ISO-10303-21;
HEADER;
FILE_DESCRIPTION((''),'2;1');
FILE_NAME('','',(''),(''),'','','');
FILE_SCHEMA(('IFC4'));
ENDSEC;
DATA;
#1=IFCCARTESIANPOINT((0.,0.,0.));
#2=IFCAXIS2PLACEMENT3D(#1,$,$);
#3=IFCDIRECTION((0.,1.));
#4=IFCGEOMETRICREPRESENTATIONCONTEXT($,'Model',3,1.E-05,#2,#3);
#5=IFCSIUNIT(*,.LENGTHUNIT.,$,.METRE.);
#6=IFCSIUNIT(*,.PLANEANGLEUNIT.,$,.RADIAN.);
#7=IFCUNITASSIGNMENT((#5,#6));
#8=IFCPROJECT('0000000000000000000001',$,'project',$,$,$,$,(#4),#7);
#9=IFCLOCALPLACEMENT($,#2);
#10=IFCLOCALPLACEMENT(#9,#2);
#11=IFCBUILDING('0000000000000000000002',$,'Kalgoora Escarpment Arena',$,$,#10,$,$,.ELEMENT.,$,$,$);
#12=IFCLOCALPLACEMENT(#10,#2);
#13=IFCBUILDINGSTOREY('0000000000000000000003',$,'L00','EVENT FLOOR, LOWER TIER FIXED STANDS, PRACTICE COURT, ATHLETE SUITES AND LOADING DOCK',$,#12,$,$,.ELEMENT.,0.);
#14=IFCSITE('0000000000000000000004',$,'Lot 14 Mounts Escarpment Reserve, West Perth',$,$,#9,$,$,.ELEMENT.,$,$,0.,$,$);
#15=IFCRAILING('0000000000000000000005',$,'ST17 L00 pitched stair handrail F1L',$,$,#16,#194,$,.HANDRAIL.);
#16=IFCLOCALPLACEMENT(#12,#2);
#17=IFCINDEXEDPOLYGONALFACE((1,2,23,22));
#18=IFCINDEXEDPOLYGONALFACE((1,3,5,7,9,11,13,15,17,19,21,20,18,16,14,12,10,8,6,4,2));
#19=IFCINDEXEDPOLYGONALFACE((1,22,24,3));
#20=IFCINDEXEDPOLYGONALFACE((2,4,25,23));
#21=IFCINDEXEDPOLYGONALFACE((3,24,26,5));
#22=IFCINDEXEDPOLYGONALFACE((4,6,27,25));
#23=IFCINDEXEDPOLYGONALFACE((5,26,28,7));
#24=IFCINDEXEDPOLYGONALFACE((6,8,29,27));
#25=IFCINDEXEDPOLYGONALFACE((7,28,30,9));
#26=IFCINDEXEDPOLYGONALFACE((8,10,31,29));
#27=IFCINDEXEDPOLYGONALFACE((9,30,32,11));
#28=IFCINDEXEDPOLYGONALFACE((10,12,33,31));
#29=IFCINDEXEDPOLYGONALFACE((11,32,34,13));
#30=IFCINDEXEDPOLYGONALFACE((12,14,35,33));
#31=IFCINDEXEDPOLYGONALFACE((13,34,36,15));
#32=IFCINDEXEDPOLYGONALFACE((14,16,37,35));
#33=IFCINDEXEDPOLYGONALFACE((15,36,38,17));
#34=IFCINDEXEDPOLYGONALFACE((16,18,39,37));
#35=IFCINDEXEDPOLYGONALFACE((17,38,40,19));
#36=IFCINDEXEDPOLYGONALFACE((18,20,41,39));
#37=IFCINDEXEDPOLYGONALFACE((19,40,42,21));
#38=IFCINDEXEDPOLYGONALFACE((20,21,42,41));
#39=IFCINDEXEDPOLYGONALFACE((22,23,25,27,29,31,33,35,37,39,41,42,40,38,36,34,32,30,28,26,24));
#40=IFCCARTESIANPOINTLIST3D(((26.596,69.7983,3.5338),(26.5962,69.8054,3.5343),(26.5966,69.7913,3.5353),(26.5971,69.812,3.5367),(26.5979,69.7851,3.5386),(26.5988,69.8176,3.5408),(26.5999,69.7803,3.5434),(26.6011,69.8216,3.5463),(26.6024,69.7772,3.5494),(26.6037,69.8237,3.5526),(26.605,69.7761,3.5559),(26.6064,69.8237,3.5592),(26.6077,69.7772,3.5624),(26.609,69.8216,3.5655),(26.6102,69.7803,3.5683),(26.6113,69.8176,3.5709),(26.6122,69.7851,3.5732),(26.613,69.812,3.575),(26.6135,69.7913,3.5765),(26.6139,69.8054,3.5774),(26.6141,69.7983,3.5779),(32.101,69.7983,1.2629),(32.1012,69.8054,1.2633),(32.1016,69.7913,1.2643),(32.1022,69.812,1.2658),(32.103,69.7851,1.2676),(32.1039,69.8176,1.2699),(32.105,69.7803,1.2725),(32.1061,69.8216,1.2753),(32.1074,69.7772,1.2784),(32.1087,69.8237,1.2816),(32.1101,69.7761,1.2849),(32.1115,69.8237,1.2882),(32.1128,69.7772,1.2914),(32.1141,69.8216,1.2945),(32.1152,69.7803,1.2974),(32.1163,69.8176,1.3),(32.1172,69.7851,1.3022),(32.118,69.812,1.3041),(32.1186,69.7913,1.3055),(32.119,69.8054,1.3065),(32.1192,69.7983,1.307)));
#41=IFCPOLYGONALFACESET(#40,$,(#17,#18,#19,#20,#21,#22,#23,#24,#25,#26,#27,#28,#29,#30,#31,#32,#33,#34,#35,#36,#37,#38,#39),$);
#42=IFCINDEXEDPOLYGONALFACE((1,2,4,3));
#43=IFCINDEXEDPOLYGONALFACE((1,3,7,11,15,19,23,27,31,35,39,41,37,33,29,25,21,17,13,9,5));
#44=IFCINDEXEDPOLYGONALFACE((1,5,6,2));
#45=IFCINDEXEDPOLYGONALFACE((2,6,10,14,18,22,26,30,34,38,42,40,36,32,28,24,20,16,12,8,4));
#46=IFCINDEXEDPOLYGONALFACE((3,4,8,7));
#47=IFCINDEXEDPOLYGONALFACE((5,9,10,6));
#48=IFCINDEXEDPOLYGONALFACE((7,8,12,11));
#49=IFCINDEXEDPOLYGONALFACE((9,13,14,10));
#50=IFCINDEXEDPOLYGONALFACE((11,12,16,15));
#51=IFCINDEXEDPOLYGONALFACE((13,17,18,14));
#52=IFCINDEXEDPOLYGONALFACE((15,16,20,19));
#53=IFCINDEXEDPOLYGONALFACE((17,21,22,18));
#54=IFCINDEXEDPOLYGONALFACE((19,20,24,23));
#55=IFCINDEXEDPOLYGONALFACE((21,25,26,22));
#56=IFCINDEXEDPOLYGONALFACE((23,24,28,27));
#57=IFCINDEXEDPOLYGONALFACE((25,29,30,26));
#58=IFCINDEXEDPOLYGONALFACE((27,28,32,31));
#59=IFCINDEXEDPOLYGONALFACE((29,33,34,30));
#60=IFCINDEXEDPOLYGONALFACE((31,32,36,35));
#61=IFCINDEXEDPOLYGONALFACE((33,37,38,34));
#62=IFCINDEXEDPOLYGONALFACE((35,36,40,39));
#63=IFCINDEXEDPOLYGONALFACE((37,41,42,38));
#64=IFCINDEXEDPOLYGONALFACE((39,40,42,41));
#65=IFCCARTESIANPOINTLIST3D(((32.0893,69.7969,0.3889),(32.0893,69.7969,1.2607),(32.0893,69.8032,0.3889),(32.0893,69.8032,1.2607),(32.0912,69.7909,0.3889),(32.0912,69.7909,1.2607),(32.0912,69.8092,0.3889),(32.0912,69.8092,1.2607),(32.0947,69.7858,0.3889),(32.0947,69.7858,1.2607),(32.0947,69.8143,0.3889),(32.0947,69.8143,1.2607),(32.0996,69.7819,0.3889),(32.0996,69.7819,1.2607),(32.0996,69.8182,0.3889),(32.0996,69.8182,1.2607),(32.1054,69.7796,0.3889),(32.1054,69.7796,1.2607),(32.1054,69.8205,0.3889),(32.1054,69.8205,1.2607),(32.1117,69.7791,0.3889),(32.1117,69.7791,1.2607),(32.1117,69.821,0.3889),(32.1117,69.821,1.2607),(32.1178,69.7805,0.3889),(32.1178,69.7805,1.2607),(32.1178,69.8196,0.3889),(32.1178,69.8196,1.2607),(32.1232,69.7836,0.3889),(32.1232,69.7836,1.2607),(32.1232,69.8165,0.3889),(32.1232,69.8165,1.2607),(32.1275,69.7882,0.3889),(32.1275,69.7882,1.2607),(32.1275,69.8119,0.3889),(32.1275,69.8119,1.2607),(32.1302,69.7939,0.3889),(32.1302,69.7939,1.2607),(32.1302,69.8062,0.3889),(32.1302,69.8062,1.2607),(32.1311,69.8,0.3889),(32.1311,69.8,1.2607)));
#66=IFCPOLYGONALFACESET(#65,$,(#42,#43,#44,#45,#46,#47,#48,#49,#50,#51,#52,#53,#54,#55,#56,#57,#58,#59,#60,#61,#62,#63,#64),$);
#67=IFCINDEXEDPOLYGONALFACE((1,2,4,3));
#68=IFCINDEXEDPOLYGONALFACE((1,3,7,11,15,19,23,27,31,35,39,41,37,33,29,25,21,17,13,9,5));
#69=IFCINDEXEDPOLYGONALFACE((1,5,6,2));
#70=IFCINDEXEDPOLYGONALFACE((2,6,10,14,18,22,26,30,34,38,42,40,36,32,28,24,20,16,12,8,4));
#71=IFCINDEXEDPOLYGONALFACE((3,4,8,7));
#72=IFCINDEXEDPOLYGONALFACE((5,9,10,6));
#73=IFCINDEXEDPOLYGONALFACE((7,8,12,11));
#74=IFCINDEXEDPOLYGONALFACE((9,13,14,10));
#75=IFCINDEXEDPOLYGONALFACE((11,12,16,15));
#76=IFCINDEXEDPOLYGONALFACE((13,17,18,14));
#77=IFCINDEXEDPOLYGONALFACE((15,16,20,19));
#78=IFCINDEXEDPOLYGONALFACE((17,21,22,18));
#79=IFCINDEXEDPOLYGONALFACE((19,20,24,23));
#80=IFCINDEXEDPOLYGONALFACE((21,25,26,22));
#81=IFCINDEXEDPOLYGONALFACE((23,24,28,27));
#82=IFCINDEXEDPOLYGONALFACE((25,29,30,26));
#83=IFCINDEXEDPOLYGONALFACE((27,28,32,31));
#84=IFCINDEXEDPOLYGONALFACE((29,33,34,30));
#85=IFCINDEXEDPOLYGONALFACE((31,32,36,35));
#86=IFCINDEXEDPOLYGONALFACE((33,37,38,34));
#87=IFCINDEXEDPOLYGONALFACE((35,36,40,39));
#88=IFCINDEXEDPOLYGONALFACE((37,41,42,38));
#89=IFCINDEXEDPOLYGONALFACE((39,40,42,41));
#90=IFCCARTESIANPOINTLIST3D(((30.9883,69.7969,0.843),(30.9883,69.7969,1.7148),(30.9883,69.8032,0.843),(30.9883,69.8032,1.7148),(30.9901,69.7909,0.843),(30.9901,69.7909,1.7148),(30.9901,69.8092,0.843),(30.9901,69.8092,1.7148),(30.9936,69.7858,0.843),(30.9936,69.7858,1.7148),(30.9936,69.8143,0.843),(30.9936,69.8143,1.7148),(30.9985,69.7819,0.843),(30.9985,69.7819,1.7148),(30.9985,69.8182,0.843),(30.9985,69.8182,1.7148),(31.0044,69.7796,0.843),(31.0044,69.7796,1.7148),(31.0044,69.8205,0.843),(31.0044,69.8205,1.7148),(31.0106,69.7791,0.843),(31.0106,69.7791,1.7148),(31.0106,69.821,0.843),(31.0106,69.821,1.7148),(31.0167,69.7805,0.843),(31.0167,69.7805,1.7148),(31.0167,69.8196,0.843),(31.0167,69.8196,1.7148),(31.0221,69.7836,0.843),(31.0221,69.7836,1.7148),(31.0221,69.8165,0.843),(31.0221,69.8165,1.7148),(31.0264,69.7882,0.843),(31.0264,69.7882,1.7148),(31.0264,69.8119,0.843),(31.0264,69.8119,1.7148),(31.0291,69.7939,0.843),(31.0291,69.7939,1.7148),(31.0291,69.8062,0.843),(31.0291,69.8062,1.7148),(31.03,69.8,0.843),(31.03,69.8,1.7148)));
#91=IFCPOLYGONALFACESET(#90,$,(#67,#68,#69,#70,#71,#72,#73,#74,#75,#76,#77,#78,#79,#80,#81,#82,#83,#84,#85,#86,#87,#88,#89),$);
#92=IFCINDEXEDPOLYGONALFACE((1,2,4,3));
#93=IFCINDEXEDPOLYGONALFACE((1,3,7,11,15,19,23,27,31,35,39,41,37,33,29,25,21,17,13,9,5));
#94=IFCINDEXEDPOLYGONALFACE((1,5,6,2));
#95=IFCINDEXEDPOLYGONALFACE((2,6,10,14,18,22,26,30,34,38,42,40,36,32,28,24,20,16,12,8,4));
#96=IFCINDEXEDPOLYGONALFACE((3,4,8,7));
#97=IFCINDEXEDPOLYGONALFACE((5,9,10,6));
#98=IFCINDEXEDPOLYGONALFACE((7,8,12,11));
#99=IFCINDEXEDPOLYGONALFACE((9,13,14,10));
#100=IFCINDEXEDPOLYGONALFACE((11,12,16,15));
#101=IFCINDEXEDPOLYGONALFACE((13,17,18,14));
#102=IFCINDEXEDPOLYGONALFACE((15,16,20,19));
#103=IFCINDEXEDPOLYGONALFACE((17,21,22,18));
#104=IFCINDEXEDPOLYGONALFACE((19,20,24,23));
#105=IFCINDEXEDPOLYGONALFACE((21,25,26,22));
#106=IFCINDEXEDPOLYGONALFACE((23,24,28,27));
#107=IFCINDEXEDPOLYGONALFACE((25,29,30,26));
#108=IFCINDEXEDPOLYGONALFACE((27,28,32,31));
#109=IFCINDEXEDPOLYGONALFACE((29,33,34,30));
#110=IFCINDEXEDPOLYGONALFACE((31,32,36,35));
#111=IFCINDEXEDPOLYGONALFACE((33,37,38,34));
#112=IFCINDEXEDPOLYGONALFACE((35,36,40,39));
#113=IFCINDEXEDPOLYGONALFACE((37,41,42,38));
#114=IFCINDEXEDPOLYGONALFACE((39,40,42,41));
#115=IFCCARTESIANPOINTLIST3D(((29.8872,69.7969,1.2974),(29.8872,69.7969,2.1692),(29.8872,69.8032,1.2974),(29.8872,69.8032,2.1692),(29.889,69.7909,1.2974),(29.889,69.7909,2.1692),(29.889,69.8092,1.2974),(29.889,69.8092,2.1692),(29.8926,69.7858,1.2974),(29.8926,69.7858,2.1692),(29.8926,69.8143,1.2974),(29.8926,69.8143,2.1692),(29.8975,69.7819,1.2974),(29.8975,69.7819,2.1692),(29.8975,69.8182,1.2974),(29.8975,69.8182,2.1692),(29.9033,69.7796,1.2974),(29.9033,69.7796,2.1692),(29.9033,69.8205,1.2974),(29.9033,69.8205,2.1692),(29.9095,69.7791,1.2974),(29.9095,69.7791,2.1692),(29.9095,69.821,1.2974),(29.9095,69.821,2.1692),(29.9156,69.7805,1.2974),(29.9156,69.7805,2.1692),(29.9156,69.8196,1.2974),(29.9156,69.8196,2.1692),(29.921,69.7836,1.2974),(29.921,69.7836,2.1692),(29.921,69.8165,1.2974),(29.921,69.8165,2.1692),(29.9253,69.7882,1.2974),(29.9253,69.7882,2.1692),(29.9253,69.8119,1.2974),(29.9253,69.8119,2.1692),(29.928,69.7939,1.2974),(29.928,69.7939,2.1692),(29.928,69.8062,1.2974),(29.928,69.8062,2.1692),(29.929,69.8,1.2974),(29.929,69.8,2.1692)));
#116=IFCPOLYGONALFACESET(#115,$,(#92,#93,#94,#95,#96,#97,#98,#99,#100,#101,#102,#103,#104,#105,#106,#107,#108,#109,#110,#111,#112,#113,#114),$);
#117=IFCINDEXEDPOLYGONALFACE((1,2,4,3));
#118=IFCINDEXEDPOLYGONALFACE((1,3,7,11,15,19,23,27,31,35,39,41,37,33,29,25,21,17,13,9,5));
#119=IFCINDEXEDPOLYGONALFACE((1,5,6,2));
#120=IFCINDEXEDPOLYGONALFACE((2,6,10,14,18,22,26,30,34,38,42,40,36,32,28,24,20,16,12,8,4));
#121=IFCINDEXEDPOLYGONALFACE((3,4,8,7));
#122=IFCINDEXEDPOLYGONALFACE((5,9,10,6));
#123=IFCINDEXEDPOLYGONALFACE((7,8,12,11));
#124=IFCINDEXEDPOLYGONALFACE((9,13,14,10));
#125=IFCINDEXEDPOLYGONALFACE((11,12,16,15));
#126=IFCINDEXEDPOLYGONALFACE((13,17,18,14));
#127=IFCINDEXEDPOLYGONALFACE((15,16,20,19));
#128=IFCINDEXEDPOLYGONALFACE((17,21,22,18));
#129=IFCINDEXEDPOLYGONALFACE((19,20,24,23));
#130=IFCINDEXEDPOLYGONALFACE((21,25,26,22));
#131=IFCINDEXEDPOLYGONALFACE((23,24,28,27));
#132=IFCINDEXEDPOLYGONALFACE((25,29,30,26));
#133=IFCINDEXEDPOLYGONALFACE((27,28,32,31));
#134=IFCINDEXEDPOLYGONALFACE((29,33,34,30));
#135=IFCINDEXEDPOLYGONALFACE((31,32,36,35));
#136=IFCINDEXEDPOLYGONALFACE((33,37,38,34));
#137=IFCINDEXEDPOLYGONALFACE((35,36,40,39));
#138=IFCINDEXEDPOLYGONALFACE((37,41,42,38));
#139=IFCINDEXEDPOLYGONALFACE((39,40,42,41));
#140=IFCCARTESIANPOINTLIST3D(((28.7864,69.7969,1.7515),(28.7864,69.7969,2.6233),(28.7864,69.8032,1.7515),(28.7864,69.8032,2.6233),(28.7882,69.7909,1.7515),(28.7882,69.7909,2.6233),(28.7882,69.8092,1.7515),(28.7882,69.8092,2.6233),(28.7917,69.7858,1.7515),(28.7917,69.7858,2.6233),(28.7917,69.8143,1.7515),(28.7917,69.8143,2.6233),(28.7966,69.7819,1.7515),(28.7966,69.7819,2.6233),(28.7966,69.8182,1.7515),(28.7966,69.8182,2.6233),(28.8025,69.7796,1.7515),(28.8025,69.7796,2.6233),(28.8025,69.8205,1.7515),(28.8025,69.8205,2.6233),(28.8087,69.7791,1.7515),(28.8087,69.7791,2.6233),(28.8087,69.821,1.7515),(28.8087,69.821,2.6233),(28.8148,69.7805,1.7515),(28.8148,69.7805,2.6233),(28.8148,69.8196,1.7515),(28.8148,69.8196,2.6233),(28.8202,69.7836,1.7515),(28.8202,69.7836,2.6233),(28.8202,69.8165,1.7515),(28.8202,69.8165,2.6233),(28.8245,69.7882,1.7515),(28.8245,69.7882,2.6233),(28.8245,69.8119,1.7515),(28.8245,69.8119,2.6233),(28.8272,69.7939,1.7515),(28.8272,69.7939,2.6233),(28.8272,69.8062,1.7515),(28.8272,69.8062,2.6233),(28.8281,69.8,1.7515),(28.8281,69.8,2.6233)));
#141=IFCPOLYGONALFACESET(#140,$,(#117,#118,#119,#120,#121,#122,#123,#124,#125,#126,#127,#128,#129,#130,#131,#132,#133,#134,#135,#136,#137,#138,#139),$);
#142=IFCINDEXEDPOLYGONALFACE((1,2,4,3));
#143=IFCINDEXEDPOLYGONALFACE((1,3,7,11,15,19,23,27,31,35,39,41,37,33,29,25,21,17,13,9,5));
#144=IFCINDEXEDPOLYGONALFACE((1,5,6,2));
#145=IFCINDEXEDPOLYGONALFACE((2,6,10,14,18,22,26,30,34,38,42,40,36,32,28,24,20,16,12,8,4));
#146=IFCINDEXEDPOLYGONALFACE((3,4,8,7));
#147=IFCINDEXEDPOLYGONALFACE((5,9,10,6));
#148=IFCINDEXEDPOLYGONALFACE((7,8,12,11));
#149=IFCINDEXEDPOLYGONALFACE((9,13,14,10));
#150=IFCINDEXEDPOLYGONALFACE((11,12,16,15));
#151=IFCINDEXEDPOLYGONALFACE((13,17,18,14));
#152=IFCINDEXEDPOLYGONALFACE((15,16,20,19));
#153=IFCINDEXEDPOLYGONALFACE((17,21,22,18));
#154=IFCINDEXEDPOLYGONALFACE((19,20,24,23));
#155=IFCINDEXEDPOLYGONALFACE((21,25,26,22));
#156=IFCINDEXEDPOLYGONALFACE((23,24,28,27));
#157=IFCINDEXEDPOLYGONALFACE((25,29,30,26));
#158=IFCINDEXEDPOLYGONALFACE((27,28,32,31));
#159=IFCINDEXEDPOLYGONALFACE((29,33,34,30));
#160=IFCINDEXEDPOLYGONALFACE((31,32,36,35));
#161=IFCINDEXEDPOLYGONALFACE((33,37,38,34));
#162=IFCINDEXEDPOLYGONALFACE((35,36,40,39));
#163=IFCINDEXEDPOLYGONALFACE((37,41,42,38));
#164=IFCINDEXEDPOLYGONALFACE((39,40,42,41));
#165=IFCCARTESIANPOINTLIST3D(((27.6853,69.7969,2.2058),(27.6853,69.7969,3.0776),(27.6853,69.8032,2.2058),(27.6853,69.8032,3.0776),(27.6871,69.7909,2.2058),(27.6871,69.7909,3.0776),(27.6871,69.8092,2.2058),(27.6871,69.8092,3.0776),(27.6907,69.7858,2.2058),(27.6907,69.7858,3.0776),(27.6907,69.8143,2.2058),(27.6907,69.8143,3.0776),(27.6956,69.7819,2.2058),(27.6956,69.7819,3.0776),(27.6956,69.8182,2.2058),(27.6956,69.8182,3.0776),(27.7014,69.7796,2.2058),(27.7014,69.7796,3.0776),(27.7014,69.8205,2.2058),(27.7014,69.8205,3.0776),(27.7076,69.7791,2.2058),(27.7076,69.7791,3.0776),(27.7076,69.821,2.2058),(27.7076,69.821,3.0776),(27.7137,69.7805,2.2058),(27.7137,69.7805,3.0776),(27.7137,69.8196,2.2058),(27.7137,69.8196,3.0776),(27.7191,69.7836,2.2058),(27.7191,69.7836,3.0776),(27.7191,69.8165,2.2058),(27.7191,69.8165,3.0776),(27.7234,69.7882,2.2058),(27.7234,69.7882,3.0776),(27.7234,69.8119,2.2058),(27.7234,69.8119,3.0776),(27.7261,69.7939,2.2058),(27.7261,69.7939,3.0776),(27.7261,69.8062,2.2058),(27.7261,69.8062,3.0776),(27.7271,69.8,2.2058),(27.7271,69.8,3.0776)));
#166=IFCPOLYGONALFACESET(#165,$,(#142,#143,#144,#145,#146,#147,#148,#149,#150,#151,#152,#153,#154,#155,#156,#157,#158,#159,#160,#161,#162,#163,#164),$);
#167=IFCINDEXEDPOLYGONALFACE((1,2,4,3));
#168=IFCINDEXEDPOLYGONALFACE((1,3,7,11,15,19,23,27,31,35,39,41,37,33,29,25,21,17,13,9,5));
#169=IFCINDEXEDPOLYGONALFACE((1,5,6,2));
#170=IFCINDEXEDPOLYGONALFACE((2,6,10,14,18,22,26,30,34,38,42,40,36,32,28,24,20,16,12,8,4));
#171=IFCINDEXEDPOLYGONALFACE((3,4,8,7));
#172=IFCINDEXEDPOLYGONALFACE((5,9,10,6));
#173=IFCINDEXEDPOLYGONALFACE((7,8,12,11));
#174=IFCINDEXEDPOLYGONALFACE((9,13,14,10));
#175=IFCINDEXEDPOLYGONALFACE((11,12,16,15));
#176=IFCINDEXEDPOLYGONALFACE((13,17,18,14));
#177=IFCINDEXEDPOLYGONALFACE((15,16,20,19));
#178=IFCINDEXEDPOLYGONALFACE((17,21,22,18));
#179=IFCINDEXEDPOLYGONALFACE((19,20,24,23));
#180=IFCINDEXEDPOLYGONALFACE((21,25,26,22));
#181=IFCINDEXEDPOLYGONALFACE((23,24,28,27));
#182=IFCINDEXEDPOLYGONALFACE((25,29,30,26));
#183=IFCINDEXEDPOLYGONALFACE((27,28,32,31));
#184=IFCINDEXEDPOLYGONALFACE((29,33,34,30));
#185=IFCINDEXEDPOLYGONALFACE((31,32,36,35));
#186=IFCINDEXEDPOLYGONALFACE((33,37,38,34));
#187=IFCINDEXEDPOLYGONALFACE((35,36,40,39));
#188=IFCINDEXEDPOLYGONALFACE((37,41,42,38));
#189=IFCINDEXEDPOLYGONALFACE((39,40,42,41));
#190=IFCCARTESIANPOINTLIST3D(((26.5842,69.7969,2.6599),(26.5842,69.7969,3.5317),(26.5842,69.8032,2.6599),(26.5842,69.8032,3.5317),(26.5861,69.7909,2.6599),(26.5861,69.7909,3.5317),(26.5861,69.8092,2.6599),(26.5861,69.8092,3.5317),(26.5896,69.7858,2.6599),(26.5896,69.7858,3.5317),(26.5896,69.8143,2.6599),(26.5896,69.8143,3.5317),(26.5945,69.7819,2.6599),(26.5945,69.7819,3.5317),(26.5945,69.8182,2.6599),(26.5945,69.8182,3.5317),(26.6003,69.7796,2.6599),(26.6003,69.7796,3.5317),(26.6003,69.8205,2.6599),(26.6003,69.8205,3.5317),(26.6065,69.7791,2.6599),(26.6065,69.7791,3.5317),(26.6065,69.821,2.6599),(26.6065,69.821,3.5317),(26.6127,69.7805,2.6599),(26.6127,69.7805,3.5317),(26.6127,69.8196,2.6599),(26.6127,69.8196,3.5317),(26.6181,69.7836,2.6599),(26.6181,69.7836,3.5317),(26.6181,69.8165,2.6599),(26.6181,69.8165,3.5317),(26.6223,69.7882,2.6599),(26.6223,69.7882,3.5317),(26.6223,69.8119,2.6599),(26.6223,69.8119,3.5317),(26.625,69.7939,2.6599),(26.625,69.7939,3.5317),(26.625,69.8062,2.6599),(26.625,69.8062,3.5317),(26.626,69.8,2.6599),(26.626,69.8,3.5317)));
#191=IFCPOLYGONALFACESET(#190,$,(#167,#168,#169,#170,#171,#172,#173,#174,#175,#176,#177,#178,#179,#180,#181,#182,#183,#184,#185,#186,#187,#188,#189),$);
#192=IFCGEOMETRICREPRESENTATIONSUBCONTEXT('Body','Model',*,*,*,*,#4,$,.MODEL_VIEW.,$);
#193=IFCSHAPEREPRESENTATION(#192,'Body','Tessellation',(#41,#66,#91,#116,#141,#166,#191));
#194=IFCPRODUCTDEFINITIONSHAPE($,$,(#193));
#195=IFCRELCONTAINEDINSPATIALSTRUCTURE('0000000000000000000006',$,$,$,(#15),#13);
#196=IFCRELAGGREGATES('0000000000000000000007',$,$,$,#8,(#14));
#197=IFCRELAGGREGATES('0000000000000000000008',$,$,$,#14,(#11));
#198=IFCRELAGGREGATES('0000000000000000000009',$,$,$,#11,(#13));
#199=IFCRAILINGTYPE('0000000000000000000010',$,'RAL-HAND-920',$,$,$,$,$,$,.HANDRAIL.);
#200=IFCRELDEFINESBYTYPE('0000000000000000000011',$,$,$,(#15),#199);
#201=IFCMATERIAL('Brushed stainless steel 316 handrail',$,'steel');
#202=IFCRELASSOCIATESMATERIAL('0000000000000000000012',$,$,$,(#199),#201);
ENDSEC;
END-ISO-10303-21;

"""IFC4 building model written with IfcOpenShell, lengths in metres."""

from ifc_helpers import new_model, si_unit, direction, frame, origin, origin_2d, place, context, subcontext, project, spatial, circle, extrude, material, type_object, element, save


model = new_model("IFC4")

# Units and contexts
model_context = context("Model", 3, precision=1e-05, world=origin(), true_north=direction((0.0, 1.0)))
body_context = subcontext(model_context, "Body", "Model", "MODEL_VIEW")
ifc_project = project(units=[si_unit("LENGTHUNIT", "METRE"), si_unit("PLANEANGLEUNIT", "RADIAN")], contexts=[model_context])

# Site, building, storey
site_placement = place(None, origin())
site = spatial("IfcSite", under=ifc_project, at=site_placement, Name="Lot 14 Mounts Escarpment Reserve, West Perth", CompositionType="ELEMENT", RefElevation=0.0)
building_placement = place(site_placement, origin())
building = spatial("IfcBuilding", under=site, at=building_placement, Name="Kalgoora Escarpment Arena", CompositionType="ELEMENT")
storey_placement = place(building_placement, origin())
storey = spatial("IfcBuildingStorey", under=building, at=storey_placement, Name="L00", Description="EVENT FLOOR, LOWER TIER FIXED STANDS, PRACTICE COURT, ATHLETE SUITES AND LOADING DOCK", CompositionType="ELEMENT", Elevation=0.0)

# Railing
ifc_material_1 = material(Name="Brushed stainless steel 316 handrail", Category="steel")
railing_type_1 = type_object("IfcRailingType", Name="RAL-HAND-920", PredefinedType="HANDRAIL", material=ifc_material_1)
for number, where, name in (
    (1, (32.1101, 69.8, 0.3889), "ST17 L00 pitched stair handrail F1L"),
):
    element("IfcRailing", number, at=place(storey_placement, frame(where)), inside=storey, type_object=railing_type_1, Name=name, PredefinedType="HANDRAIL", context=body_context, shape_type="SweptSolid", body=[
        extrude(circle(Radius=0.0239, at=origin_2d()), frame((0.0, 0.0, 0.896), z_axis=(-0.924431, 0.0, 0.38135), x_axis=(0.0, -1.0, 0.0)), (0.0, 0.0, 1.0), 5.9551),
        extrude(circle(Radius=0.021, at=origin_2d()), origin(), (0.0, 0.0, 1.0), 0.8718),
        extrude(circle(Radius=0.021, at=origin_2d()), frame((-1.1011, 0.0, 0.4541)), (0.0, 0.0, 1.0), 0.8718),
        extrude(circle(Radius=0.021, at=origin_2d()), frame((-2.2021, 0.0, 0.9084)), (0.0, 0.0, 1.0), 0.8718),
        extrude(circle(Radius=0.021, at=origin_2d()), frame((-3.303, 0.0, 1.3625)), (0.0, 0.0, 1.0), 0.8718),
        extrude(circle(Radius=0.021, at=origin_2d()), frame((-4.4041, 0.0, 1.8169)), (0.0, 0.0, 1.0), 0.8718),
        extrude(circle(Radius=0.021, at=origin_2d()), frame((-5.5051, 0.0, 2.271)), (0.0, 0.0, 1.0), 0.8718),
    ])

save(model, "model.ifc")
